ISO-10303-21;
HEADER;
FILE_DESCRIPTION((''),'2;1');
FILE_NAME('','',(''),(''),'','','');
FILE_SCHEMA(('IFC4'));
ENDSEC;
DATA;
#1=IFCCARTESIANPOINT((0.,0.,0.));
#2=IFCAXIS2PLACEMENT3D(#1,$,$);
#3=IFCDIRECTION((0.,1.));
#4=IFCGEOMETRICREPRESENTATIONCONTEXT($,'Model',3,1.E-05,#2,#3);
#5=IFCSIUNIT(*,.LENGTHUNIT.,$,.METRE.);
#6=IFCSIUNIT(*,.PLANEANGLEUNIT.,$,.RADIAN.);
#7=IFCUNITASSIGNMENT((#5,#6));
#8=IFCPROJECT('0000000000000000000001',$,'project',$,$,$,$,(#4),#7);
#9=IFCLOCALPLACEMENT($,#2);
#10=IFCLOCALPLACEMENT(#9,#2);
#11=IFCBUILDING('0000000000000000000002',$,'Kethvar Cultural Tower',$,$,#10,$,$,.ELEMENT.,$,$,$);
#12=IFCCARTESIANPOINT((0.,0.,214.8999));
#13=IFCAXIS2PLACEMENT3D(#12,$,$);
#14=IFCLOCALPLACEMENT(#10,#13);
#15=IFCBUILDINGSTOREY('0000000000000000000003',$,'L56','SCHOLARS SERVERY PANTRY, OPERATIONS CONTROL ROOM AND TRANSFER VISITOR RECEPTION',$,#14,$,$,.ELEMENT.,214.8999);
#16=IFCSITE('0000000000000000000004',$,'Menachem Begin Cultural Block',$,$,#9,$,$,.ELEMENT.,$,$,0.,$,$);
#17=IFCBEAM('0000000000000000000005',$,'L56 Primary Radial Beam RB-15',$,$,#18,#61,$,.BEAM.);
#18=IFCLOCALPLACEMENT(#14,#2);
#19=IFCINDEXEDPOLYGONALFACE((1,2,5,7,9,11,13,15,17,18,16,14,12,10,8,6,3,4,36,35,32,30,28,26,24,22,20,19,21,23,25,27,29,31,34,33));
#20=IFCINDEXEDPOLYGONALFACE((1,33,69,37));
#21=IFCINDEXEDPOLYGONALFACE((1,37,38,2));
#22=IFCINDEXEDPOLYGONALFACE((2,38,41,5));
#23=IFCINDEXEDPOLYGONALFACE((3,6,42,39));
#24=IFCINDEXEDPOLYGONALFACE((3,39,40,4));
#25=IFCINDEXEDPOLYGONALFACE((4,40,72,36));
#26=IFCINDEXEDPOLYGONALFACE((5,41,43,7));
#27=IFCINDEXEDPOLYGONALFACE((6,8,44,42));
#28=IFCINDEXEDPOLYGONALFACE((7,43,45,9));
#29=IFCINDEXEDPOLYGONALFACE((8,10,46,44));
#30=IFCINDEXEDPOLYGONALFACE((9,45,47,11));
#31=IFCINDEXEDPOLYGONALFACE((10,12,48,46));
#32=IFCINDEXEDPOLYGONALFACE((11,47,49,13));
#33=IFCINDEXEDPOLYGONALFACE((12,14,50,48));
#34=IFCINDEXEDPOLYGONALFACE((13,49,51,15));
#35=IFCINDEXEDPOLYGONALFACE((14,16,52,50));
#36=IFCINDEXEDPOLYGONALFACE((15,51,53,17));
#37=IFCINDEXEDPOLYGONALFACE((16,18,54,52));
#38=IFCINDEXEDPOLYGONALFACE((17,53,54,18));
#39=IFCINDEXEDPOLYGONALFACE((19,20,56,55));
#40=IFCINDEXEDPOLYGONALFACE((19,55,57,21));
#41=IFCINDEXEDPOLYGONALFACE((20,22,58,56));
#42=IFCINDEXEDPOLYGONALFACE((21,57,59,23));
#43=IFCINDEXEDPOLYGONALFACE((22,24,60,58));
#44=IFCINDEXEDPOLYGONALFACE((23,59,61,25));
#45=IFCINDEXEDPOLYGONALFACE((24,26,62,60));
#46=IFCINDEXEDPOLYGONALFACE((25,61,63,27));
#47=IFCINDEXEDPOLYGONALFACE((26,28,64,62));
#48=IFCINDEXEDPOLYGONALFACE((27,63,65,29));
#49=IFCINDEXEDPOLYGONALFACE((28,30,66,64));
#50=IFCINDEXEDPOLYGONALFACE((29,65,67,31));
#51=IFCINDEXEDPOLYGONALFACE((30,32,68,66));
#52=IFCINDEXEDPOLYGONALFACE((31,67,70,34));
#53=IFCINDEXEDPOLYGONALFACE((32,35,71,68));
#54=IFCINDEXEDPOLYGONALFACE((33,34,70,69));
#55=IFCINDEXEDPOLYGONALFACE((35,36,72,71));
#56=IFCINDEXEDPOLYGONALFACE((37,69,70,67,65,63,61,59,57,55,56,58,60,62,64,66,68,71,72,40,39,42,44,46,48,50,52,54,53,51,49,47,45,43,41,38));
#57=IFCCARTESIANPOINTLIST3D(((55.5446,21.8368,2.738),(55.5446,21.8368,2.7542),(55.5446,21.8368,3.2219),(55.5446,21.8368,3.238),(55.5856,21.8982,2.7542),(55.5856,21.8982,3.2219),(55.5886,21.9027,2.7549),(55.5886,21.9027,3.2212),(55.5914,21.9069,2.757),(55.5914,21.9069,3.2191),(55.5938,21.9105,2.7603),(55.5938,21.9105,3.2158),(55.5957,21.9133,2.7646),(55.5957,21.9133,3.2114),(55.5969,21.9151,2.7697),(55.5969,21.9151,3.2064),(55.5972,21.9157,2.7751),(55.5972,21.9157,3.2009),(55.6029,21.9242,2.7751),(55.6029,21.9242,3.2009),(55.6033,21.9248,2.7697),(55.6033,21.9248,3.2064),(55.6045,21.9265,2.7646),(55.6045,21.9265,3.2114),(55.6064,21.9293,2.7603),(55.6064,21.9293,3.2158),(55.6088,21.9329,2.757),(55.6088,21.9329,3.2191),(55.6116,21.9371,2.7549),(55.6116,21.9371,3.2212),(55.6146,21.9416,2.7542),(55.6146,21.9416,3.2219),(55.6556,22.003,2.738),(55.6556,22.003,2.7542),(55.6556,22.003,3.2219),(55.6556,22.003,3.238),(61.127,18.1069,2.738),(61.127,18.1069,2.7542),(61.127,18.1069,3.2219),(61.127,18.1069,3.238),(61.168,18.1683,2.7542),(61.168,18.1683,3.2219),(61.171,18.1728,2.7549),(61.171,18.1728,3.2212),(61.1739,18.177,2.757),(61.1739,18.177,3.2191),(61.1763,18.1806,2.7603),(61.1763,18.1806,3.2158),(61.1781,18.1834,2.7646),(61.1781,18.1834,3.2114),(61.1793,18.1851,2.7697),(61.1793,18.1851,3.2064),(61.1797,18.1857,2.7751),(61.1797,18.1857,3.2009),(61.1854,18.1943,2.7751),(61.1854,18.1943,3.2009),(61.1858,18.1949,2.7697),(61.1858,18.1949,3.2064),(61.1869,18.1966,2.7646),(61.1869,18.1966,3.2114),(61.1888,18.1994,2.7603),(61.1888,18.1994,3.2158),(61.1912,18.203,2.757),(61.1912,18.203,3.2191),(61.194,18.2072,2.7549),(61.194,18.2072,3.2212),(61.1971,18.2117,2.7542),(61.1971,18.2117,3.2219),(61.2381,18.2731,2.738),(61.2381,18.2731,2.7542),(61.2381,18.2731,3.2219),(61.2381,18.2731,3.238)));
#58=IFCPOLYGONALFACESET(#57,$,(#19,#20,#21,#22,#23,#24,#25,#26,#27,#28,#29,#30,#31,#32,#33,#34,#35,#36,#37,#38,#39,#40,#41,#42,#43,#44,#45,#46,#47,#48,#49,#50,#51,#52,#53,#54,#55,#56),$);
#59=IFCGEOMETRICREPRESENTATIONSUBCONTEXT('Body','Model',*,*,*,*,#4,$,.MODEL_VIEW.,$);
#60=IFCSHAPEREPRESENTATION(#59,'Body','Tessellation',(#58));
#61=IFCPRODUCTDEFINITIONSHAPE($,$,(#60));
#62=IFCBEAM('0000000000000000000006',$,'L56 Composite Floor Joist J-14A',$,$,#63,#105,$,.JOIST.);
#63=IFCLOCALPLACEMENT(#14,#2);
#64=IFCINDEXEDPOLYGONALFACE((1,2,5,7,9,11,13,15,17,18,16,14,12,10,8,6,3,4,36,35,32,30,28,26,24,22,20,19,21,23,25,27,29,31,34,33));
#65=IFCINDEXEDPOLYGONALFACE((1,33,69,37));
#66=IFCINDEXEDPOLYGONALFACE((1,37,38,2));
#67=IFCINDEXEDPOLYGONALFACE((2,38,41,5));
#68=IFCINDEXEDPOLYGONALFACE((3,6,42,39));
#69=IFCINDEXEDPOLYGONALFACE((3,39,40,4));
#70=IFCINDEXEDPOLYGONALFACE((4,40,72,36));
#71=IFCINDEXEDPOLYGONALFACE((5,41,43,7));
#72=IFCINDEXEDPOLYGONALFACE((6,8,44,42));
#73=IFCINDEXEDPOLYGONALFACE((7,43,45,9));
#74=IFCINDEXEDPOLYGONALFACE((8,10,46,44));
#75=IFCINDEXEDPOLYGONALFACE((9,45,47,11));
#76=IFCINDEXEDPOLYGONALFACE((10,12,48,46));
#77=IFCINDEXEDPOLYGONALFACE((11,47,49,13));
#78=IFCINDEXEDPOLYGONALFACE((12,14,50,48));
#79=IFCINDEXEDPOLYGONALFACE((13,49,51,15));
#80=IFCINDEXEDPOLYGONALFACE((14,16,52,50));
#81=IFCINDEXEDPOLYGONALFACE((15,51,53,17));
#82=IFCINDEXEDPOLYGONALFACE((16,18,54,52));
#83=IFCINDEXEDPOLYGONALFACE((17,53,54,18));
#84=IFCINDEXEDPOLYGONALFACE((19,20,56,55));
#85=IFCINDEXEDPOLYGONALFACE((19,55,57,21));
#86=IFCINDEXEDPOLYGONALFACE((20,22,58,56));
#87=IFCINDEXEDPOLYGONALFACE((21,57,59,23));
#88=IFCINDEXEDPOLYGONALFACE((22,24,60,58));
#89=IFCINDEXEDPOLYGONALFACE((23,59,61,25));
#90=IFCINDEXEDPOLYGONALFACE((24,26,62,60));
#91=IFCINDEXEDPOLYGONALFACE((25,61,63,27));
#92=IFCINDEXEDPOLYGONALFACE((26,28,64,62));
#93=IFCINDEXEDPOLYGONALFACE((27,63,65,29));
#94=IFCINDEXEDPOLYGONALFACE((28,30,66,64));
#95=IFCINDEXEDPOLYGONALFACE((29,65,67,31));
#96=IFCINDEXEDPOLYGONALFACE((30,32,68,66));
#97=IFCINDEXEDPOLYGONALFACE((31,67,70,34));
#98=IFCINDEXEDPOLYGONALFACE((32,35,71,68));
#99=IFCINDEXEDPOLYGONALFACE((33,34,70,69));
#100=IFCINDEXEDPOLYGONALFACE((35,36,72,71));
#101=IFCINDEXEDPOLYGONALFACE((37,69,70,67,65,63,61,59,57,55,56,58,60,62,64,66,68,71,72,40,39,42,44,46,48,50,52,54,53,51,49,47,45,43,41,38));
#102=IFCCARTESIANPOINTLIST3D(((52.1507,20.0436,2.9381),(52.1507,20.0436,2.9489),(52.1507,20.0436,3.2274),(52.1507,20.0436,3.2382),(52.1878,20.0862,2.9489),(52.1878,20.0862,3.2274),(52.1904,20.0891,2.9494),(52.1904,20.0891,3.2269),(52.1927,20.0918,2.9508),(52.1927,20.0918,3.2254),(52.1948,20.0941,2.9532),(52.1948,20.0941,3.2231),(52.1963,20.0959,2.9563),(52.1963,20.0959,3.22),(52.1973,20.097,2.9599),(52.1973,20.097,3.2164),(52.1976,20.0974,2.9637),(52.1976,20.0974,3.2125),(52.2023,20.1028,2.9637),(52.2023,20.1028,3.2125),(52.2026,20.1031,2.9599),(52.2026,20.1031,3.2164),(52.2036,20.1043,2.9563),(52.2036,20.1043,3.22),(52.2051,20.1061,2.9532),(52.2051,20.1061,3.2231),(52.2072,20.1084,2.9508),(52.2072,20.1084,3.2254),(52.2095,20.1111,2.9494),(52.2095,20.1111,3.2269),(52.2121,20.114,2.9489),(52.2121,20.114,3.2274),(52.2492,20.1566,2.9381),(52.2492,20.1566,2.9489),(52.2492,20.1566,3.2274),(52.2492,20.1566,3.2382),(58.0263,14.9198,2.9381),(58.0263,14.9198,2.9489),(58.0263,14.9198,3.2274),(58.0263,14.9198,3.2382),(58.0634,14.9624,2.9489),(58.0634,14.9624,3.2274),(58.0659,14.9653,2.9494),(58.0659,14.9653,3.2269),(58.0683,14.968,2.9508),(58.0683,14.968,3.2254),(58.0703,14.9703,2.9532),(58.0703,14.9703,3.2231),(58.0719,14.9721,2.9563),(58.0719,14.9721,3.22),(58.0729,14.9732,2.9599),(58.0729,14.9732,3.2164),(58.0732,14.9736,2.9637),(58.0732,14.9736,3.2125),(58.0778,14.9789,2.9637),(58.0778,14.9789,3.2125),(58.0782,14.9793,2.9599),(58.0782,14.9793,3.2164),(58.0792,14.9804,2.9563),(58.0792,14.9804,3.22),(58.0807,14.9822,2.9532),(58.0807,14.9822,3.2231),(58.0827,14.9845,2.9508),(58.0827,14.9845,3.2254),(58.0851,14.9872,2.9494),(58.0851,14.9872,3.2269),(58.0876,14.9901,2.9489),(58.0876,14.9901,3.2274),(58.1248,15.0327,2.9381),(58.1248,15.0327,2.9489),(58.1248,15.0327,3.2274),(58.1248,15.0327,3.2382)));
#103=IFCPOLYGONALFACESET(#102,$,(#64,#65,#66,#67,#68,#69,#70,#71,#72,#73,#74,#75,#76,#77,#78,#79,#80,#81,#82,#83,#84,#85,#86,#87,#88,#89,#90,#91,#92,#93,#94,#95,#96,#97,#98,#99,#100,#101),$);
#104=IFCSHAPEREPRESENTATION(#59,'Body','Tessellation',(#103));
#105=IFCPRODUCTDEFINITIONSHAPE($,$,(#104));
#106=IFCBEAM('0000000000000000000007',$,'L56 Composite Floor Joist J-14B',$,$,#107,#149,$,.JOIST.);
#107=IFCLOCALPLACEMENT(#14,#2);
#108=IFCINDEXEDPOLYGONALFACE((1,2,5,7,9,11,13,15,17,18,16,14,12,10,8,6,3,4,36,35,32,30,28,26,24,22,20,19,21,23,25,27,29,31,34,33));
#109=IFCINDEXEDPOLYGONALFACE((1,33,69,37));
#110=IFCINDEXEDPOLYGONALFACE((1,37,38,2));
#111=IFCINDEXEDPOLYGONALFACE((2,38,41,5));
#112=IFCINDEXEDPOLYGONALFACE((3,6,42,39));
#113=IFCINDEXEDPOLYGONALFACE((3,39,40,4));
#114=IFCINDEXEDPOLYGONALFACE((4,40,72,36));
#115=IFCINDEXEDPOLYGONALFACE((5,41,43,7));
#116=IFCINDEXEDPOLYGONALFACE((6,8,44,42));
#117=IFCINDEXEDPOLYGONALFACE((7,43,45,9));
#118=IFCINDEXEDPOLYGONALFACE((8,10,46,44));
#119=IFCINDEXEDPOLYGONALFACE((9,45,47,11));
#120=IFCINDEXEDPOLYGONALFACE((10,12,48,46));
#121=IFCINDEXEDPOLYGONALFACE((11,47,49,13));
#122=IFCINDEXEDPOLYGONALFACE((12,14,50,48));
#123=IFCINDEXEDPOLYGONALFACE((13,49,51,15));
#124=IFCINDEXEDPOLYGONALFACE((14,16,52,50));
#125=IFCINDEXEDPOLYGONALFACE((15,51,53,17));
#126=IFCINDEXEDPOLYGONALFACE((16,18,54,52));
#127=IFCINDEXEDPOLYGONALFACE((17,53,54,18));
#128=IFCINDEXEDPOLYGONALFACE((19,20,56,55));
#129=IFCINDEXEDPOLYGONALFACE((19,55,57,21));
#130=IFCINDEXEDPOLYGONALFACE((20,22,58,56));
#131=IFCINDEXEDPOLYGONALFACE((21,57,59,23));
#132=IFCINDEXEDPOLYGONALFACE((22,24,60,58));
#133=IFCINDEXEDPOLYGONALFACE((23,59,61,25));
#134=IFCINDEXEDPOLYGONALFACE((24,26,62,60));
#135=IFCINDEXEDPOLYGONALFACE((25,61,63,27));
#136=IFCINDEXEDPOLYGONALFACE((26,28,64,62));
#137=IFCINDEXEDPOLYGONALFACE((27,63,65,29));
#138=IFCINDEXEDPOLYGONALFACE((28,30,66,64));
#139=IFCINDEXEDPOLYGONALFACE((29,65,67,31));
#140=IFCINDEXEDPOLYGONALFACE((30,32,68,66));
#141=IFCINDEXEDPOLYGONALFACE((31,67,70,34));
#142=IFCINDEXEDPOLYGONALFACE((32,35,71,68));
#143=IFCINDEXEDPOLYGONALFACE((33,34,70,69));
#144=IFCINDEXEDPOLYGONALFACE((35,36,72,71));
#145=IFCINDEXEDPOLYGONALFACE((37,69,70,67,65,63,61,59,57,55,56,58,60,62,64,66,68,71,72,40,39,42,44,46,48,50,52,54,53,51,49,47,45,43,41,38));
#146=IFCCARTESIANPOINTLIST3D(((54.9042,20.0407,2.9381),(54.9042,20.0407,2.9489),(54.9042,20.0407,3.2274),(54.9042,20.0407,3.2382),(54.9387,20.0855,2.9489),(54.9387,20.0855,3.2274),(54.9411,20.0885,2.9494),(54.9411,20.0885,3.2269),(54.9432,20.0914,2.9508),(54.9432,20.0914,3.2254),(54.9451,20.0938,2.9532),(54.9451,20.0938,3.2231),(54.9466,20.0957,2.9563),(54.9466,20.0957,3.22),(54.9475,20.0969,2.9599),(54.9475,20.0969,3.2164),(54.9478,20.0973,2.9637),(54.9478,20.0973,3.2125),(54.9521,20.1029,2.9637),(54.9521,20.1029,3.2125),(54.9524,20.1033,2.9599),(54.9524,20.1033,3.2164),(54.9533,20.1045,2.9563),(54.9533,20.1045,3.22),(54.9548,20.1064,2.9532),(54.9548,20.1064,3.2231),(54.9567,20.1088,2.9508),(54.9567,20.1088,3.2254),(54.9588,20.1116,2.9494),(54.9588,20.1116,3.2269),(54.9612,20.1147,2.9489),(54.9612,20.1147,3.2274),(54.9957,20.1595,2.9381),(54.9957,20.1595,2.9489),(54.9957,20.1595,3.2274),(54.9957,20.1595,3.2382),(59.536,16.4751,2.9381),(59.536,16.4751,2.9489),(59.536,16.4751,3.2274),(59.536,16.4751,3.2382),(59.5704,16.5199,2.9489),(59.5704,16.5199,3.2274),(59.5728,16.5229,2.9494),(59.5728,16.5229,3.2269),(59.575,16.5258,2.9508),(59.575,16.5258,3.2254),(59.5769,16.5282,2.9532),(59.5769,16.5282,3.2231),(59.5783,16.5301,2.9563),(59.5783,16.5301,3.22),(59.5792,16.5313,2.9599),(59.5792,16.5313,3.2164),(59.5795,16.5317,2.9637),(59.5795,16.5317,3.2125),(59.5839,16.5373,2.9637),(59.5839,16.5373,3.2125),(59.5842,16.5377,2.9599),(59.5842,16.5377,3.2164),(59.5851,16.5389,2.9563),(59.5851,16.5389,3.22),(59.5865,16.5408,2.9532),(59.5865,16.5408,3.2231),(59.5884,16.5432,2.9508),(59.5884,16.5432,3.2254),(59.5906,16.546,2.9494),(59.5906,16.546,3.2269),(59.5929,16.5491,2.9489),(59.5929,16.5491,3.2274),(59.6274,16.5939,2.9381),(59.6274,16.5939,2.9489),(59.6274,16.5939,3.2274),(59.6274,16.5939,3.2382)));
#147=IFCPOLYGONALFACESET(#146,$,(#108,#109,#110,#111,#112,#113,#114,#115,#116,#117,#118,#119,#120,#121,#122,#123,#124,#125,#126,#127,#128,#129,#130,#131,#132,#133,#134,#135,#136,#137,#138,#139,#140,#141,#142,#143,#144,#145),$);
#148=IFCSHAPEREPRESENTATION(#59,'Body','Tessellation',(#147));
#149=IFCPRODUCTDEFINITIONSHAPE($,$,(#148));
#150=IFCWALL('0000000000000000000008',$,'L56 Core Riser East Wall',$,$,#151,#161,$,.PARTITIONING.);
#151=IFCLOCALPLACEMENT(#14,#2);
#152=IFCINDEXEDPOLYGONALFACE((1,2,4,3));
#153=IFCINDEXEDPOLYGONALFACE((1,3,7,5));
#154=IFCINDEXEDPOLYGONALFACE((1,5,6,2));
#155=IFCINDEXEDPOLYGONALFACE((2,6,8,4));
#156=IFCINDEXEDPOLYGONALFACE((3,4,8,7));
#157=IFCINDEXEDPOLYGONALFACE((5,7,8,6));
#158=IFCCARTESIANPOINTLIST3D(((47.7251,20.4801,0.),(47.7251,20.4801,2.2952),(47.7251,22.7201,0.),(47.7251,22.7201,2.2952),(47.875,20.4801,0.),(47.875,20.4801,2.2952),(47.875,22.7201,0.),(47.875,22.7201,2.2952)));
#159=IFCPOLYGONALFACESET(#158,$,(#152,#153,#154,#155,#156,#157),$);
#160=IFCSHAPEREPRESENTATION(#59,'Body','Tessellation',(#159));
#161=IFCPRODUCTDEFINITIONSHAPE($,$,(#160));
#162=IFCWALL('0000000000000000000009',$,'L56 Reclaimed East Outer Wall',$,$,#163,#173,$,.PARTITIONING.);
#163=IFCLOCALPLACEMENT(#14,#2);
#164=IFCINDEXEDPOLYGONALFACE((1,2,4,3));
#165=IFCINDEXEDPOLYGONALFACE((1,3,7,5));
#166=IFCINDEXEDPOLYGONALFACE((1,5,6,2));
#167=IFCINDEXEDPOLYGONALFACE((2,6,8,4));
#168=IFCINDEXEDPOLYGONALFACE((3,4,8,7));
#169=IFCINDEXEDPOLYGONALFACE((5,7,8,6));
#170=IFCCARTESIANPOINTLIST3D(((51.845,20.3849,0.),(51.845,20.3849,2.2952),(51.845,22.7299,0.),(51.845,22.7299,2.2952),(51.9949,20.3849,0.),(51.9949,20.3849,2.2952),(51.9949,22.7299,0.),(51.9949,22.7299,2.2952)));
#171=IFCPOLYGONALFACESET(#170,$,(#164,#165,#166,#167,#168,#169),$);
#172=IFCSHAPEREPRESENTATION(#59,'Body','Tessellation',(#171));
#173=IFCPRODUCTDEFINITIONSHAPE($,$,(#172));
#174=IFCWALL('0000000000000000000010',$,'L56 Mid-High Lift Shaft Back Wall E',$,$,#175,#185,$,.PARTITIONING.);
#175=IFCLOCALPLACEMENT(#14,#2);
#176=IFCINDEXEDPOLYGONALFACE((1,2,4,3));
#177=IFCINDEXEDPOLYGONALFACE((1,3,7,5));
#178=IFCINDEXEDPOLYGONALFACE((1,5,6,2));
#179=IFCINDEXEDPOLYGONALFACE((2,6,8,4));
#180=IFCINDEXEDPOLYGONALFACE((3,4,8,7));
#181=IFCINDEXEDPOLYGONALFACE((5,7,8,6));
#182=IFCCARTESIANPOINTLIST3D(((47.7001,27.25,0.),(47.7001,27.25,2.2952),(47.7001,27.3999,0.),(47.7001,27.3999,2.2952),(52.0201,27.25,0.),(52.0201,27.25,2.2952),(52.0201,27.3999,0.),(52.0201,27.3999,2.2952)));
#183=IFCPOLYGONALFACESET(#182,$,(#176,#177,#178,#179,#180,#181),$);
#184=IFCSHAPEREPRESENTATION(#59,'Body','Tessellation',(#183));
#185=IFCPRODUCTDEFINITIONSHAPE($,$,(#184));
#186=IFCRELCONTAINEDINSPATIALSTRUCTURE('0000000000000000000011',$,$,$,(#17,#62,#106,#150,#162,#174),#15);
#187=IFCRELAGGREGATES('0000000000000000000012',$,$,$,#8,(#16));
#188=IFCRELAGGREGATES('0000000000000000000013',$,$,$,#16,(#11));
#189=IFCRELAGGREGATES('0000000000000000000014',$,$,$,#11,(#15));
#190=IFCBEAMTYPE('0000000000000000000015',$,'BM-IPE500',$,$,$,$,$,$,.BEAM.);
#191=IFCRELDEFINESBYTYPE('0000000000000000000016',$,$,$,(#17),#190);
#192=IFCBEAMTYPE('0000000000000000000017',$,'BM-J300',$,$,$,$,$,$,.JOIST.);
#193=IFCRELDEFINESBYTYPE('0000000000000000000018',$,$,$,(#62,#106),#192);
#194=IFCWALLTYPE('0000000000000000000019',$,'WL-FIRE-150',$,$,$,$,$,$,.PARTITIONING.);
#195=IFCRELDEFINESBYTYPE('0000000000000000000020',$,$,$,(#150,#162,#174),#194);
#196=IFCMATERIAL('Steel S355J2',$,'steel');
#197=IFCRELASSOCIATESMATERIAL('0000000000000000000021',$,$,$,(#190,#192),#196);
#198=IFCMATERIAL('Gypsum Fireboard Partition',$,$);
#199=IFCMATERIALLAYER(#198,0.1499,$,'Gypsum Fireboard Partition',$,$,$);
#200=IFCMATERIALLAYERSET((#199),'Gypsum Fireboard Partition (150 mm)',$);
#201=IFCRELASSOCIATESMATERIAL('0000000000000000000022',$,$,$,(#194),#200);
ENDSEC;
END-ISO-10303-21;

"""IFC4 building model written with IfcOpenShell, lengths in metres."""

from ifc_helpers import new_model, si_unit, direction, frame, frame_2d, origin, origin_2d, place, context, subcontext, project, spatial, rectangle, i_section, extrude, source, transform, mapped, material, layer, layer_set, material_profile, profile_set, type_object, element, save


model = new_model("IFC4")

# Units and contexts
model_context = context("Model", 3, precision=1e-05, world=origin(), true_north=direction((0.0, 1.0)))
body_context = subcontext(model_context, "Body", "Model", "MODEL_VIEW")
ifc_project = project(units=[si_unit("LENGTHUNIT", "METRE"), si_unit("PLANEANGLEUNIT", "RADIAN")], contexts=[model_context])

# Site, building, storey
site_placement = place(None, origin())
site = spatial("IfcSite", under=ifc_project, at=site_placement, Name="Menachem Begin Cultural Block", CompositionType="ELEMENT", RefElevation=0.0)
building_placement = place(site_placement, origin())
building = spatial("IfcBuilding", under=site, at=building_placement, Name="Kethvar Cultural Tower", CompositionType="ELEMENT")
storey_placement = place(building_placement, frame((0.0, 0.0, 214.8999)))
storey = spatial("IfcBuildingStorey", under=building, at=storey_placement, Name="L56", Description="SCHOLARS SERVERY PANTRY, OPERATIONS CONTROL ROOM AND TRANSFER VISITOR RECEPTION", CompositionType="ELEMENT", Elevation=214.8999)

# Beams
ifc_material_1 = material(Name="Steel S355J2", Category="steel")
ifc_material_profile_1 = material_profile(ifc_material_1, i_section(OverallWidth=0.2, OverallDepth=0.5, WebThickness=0.0103, FlangeThickness=0.0161, FilletRadius=0.021, at=origin_2d()), Name="Steel S355J2 — IPE500")
ifc_profile_set_1 = profile_set([ifc_material_profile_1], Name="Steel S355J2 — IPE500")
beam_type_1 = type_object("IfcBeamType", Name="BM-IPE500", PredefinedType="BEAM", material=ifc_profile_set_1)
shared_shape_1 = source(origin(), body_context, "Body", "SweptSolid", [
    extrude(i_section(OverallWidth=0.2, OverallDepth=0.5, WebThickness=0.0103, FlangeThickness=0.0161, FilletRadius=0.021, at=origin_2d()), origin(), (0.0, 0.0, 1.0), 6.7139),
])
beam_1_placement = place(storey_placement, frame((55.6001, 21.9199, 2.988), z_axis=(0.831479, -0.555556, 0.0), x_axis=(0.555556, 0.831479, 0.0)))
element("IfcBeam", 1, at=beam_1_placement, inside=storey, type_object=beam_type_1, Name="L56 Primary Radial Beam RB-15", PredefinedType="BEAM", context=body_context, shape_type="MappedRepresentation", body=[
    mapped(shared_shape_1, transform((0.0, 0.0, 0.0), scale=1.0)),
])
ifc_material_profile_2 = material_profile(ifc_material_1, i_section(OverallWidth=0.1499, OverallDepth=0.3, WebThickness=0.0071, FlangeThickness=0.0107, FilletRadius=0.0149, at=origin_2d()), Name="Steel S355J2 — IPE300")
ifc_profile_set_2 = profile_set([ifc_material_profile_2], Name="Steel S355J2 — IPE300")
beam_type_2 = type_object("IfcBeamType", Name="BM-J300", PredefinedType="JOIST", material=ifc_profile_set_2)
shared_shape_2 = source(origin(), body_context, "Body", "SweptSolid", [
    extrude(i_section(OverallWidth=0.1499, OverallDepth=0.3, WebThickness=0.0071, FlangeThickness=0.0107, FilletRadius=0.0149, at=origin_2d()), origin(), (0.0, 0.0, 1.0), 7.7959),
])
beam_2_placement = place(storey_placement, frame((52.2, 20.1001, 3.0881), z_axis=(0.753674, -0.657249, 0.0), x_axis=(0.657249, 0.753674, 0.0)))
element("IfcBeam", 2, at=beam_2_placement, inside=storey, type_object=beam_type_2, Name="L56 Composite Floor Joist J-14A", PredefinedType="JOIST", context=body_context, shape_type="MappedRepresentation", body=[
    mapped(shared_shape_2, transform((0.0, 0.0, 0.0), scale=1.0)),
])
shared_shape_3 = source(origin(), body_context, "Body", "SweptSolid", [
    extrude(i_section(OverallWidth=0.1499, OverallDepth=0.3, WebThickness=0.0071, FlangeThickness=0.0107, FilletRadius=0.0149, at=origin_2d()), origin(), (0.0, 0.0, 1.0), 5.8452),
])
beam_3_placement = place(storey_placement, frame((54.95, 20.1001, 3.0881), z_axis=(0.792399, -0.610003, 0.0), x_axis=(0.610003, 0.792399, 0.0)))
element("IfcBeam", 3, at=beam_3_placement, inside=storey, type_object=beam_type_2, Name="L56 Composite Floor Joist J-14B", PredefinedType="JOIST", context=body_context, shape_type="MappedRepresentation", body=[
    mapped(shared_shape_3, transform((0.0, 0.0, 0.0), scale=1.0)),
])

# Walls
ifc_material_2 = material(Name="Gypsum Fireboard Partition")
ifc_layer_1 = layer(ifc_material_2, 0.1499, Name="Gypsum Fireboard Partition")
ifc_layer_set_1 = layer_set([ifc_layer_1], Name="Gypsum Fireboard Partition (150 mm)")
wall_type_1 = type_object("IfcWallType", Name="WL-FIRE-150", PredefinedType="PARTITIONING", material=ifc_layer_set_1)
wall_1_placement = place(storey_placement, frame((47.8, 20.48, 0.0), z_axis=(0.0, 0.0, 1.0), x_axis=(0.0, 1.0, 0.0)))
element("IfcWall", 4, at=wall_1_placement, inside=storey, type_object=wall_type_1, Name="L56 Core Riser East Wall", PredefinedType="PARTITIONING", context=body_context, shape_type="SweptSolid", body=[
    extrude(rectangle(XDim=2.24, YDim=0.1499, at=frame_2d((1.1201, 0.0))), origin(), (0.0, 0.0, 1.0), 2.2952),
])
wall_2_placement = place(storey_placement, frame((51.9199, 20.385, 0.0), z_axis=(0.0, 0.0, 1.0), x_axis=(0.0, 1.0, 0.0)))
element("IfcWall", 5, at=wall_2_placement, inside=storey, type_object=wall_type_1, Name="L56 Reclaimed East Outer Wall", PredefinedType="PARTITIONING", context=body_context, shape_type="SweptSolid", body=[
    extrude(rectangle(XDim=2.345, YDim=0.1499, at=frame_2d((1.1724, 0.0))), origin(), (0.0, 0.0, 1.0), 2.2952),
])

# Wall
wall_3_placement = place(storey_placement, frame((47.7, 27.325, 0.0), z_axis=(0.0, 0.0, 1.0), x_axis=(1.0, 0.0, 0.0)))
element("IfcWall", 6, at=wall_3_placement, inside=storey, type_object=wall_type_1, Name="L56 Mid-High Lift Shaft Back Wall E", PredefinedType="PARTITIONING", context=body_context, shape_type="SweptSolid", body=[
    extrude(rectangle(XDim=4.3201, YDim=0.1499, at=frame_2d((2.1602, 0.0))), origin(), (0.0, 0.0, 1.0), 2.2952),
])

save(model, "model.ifc")
